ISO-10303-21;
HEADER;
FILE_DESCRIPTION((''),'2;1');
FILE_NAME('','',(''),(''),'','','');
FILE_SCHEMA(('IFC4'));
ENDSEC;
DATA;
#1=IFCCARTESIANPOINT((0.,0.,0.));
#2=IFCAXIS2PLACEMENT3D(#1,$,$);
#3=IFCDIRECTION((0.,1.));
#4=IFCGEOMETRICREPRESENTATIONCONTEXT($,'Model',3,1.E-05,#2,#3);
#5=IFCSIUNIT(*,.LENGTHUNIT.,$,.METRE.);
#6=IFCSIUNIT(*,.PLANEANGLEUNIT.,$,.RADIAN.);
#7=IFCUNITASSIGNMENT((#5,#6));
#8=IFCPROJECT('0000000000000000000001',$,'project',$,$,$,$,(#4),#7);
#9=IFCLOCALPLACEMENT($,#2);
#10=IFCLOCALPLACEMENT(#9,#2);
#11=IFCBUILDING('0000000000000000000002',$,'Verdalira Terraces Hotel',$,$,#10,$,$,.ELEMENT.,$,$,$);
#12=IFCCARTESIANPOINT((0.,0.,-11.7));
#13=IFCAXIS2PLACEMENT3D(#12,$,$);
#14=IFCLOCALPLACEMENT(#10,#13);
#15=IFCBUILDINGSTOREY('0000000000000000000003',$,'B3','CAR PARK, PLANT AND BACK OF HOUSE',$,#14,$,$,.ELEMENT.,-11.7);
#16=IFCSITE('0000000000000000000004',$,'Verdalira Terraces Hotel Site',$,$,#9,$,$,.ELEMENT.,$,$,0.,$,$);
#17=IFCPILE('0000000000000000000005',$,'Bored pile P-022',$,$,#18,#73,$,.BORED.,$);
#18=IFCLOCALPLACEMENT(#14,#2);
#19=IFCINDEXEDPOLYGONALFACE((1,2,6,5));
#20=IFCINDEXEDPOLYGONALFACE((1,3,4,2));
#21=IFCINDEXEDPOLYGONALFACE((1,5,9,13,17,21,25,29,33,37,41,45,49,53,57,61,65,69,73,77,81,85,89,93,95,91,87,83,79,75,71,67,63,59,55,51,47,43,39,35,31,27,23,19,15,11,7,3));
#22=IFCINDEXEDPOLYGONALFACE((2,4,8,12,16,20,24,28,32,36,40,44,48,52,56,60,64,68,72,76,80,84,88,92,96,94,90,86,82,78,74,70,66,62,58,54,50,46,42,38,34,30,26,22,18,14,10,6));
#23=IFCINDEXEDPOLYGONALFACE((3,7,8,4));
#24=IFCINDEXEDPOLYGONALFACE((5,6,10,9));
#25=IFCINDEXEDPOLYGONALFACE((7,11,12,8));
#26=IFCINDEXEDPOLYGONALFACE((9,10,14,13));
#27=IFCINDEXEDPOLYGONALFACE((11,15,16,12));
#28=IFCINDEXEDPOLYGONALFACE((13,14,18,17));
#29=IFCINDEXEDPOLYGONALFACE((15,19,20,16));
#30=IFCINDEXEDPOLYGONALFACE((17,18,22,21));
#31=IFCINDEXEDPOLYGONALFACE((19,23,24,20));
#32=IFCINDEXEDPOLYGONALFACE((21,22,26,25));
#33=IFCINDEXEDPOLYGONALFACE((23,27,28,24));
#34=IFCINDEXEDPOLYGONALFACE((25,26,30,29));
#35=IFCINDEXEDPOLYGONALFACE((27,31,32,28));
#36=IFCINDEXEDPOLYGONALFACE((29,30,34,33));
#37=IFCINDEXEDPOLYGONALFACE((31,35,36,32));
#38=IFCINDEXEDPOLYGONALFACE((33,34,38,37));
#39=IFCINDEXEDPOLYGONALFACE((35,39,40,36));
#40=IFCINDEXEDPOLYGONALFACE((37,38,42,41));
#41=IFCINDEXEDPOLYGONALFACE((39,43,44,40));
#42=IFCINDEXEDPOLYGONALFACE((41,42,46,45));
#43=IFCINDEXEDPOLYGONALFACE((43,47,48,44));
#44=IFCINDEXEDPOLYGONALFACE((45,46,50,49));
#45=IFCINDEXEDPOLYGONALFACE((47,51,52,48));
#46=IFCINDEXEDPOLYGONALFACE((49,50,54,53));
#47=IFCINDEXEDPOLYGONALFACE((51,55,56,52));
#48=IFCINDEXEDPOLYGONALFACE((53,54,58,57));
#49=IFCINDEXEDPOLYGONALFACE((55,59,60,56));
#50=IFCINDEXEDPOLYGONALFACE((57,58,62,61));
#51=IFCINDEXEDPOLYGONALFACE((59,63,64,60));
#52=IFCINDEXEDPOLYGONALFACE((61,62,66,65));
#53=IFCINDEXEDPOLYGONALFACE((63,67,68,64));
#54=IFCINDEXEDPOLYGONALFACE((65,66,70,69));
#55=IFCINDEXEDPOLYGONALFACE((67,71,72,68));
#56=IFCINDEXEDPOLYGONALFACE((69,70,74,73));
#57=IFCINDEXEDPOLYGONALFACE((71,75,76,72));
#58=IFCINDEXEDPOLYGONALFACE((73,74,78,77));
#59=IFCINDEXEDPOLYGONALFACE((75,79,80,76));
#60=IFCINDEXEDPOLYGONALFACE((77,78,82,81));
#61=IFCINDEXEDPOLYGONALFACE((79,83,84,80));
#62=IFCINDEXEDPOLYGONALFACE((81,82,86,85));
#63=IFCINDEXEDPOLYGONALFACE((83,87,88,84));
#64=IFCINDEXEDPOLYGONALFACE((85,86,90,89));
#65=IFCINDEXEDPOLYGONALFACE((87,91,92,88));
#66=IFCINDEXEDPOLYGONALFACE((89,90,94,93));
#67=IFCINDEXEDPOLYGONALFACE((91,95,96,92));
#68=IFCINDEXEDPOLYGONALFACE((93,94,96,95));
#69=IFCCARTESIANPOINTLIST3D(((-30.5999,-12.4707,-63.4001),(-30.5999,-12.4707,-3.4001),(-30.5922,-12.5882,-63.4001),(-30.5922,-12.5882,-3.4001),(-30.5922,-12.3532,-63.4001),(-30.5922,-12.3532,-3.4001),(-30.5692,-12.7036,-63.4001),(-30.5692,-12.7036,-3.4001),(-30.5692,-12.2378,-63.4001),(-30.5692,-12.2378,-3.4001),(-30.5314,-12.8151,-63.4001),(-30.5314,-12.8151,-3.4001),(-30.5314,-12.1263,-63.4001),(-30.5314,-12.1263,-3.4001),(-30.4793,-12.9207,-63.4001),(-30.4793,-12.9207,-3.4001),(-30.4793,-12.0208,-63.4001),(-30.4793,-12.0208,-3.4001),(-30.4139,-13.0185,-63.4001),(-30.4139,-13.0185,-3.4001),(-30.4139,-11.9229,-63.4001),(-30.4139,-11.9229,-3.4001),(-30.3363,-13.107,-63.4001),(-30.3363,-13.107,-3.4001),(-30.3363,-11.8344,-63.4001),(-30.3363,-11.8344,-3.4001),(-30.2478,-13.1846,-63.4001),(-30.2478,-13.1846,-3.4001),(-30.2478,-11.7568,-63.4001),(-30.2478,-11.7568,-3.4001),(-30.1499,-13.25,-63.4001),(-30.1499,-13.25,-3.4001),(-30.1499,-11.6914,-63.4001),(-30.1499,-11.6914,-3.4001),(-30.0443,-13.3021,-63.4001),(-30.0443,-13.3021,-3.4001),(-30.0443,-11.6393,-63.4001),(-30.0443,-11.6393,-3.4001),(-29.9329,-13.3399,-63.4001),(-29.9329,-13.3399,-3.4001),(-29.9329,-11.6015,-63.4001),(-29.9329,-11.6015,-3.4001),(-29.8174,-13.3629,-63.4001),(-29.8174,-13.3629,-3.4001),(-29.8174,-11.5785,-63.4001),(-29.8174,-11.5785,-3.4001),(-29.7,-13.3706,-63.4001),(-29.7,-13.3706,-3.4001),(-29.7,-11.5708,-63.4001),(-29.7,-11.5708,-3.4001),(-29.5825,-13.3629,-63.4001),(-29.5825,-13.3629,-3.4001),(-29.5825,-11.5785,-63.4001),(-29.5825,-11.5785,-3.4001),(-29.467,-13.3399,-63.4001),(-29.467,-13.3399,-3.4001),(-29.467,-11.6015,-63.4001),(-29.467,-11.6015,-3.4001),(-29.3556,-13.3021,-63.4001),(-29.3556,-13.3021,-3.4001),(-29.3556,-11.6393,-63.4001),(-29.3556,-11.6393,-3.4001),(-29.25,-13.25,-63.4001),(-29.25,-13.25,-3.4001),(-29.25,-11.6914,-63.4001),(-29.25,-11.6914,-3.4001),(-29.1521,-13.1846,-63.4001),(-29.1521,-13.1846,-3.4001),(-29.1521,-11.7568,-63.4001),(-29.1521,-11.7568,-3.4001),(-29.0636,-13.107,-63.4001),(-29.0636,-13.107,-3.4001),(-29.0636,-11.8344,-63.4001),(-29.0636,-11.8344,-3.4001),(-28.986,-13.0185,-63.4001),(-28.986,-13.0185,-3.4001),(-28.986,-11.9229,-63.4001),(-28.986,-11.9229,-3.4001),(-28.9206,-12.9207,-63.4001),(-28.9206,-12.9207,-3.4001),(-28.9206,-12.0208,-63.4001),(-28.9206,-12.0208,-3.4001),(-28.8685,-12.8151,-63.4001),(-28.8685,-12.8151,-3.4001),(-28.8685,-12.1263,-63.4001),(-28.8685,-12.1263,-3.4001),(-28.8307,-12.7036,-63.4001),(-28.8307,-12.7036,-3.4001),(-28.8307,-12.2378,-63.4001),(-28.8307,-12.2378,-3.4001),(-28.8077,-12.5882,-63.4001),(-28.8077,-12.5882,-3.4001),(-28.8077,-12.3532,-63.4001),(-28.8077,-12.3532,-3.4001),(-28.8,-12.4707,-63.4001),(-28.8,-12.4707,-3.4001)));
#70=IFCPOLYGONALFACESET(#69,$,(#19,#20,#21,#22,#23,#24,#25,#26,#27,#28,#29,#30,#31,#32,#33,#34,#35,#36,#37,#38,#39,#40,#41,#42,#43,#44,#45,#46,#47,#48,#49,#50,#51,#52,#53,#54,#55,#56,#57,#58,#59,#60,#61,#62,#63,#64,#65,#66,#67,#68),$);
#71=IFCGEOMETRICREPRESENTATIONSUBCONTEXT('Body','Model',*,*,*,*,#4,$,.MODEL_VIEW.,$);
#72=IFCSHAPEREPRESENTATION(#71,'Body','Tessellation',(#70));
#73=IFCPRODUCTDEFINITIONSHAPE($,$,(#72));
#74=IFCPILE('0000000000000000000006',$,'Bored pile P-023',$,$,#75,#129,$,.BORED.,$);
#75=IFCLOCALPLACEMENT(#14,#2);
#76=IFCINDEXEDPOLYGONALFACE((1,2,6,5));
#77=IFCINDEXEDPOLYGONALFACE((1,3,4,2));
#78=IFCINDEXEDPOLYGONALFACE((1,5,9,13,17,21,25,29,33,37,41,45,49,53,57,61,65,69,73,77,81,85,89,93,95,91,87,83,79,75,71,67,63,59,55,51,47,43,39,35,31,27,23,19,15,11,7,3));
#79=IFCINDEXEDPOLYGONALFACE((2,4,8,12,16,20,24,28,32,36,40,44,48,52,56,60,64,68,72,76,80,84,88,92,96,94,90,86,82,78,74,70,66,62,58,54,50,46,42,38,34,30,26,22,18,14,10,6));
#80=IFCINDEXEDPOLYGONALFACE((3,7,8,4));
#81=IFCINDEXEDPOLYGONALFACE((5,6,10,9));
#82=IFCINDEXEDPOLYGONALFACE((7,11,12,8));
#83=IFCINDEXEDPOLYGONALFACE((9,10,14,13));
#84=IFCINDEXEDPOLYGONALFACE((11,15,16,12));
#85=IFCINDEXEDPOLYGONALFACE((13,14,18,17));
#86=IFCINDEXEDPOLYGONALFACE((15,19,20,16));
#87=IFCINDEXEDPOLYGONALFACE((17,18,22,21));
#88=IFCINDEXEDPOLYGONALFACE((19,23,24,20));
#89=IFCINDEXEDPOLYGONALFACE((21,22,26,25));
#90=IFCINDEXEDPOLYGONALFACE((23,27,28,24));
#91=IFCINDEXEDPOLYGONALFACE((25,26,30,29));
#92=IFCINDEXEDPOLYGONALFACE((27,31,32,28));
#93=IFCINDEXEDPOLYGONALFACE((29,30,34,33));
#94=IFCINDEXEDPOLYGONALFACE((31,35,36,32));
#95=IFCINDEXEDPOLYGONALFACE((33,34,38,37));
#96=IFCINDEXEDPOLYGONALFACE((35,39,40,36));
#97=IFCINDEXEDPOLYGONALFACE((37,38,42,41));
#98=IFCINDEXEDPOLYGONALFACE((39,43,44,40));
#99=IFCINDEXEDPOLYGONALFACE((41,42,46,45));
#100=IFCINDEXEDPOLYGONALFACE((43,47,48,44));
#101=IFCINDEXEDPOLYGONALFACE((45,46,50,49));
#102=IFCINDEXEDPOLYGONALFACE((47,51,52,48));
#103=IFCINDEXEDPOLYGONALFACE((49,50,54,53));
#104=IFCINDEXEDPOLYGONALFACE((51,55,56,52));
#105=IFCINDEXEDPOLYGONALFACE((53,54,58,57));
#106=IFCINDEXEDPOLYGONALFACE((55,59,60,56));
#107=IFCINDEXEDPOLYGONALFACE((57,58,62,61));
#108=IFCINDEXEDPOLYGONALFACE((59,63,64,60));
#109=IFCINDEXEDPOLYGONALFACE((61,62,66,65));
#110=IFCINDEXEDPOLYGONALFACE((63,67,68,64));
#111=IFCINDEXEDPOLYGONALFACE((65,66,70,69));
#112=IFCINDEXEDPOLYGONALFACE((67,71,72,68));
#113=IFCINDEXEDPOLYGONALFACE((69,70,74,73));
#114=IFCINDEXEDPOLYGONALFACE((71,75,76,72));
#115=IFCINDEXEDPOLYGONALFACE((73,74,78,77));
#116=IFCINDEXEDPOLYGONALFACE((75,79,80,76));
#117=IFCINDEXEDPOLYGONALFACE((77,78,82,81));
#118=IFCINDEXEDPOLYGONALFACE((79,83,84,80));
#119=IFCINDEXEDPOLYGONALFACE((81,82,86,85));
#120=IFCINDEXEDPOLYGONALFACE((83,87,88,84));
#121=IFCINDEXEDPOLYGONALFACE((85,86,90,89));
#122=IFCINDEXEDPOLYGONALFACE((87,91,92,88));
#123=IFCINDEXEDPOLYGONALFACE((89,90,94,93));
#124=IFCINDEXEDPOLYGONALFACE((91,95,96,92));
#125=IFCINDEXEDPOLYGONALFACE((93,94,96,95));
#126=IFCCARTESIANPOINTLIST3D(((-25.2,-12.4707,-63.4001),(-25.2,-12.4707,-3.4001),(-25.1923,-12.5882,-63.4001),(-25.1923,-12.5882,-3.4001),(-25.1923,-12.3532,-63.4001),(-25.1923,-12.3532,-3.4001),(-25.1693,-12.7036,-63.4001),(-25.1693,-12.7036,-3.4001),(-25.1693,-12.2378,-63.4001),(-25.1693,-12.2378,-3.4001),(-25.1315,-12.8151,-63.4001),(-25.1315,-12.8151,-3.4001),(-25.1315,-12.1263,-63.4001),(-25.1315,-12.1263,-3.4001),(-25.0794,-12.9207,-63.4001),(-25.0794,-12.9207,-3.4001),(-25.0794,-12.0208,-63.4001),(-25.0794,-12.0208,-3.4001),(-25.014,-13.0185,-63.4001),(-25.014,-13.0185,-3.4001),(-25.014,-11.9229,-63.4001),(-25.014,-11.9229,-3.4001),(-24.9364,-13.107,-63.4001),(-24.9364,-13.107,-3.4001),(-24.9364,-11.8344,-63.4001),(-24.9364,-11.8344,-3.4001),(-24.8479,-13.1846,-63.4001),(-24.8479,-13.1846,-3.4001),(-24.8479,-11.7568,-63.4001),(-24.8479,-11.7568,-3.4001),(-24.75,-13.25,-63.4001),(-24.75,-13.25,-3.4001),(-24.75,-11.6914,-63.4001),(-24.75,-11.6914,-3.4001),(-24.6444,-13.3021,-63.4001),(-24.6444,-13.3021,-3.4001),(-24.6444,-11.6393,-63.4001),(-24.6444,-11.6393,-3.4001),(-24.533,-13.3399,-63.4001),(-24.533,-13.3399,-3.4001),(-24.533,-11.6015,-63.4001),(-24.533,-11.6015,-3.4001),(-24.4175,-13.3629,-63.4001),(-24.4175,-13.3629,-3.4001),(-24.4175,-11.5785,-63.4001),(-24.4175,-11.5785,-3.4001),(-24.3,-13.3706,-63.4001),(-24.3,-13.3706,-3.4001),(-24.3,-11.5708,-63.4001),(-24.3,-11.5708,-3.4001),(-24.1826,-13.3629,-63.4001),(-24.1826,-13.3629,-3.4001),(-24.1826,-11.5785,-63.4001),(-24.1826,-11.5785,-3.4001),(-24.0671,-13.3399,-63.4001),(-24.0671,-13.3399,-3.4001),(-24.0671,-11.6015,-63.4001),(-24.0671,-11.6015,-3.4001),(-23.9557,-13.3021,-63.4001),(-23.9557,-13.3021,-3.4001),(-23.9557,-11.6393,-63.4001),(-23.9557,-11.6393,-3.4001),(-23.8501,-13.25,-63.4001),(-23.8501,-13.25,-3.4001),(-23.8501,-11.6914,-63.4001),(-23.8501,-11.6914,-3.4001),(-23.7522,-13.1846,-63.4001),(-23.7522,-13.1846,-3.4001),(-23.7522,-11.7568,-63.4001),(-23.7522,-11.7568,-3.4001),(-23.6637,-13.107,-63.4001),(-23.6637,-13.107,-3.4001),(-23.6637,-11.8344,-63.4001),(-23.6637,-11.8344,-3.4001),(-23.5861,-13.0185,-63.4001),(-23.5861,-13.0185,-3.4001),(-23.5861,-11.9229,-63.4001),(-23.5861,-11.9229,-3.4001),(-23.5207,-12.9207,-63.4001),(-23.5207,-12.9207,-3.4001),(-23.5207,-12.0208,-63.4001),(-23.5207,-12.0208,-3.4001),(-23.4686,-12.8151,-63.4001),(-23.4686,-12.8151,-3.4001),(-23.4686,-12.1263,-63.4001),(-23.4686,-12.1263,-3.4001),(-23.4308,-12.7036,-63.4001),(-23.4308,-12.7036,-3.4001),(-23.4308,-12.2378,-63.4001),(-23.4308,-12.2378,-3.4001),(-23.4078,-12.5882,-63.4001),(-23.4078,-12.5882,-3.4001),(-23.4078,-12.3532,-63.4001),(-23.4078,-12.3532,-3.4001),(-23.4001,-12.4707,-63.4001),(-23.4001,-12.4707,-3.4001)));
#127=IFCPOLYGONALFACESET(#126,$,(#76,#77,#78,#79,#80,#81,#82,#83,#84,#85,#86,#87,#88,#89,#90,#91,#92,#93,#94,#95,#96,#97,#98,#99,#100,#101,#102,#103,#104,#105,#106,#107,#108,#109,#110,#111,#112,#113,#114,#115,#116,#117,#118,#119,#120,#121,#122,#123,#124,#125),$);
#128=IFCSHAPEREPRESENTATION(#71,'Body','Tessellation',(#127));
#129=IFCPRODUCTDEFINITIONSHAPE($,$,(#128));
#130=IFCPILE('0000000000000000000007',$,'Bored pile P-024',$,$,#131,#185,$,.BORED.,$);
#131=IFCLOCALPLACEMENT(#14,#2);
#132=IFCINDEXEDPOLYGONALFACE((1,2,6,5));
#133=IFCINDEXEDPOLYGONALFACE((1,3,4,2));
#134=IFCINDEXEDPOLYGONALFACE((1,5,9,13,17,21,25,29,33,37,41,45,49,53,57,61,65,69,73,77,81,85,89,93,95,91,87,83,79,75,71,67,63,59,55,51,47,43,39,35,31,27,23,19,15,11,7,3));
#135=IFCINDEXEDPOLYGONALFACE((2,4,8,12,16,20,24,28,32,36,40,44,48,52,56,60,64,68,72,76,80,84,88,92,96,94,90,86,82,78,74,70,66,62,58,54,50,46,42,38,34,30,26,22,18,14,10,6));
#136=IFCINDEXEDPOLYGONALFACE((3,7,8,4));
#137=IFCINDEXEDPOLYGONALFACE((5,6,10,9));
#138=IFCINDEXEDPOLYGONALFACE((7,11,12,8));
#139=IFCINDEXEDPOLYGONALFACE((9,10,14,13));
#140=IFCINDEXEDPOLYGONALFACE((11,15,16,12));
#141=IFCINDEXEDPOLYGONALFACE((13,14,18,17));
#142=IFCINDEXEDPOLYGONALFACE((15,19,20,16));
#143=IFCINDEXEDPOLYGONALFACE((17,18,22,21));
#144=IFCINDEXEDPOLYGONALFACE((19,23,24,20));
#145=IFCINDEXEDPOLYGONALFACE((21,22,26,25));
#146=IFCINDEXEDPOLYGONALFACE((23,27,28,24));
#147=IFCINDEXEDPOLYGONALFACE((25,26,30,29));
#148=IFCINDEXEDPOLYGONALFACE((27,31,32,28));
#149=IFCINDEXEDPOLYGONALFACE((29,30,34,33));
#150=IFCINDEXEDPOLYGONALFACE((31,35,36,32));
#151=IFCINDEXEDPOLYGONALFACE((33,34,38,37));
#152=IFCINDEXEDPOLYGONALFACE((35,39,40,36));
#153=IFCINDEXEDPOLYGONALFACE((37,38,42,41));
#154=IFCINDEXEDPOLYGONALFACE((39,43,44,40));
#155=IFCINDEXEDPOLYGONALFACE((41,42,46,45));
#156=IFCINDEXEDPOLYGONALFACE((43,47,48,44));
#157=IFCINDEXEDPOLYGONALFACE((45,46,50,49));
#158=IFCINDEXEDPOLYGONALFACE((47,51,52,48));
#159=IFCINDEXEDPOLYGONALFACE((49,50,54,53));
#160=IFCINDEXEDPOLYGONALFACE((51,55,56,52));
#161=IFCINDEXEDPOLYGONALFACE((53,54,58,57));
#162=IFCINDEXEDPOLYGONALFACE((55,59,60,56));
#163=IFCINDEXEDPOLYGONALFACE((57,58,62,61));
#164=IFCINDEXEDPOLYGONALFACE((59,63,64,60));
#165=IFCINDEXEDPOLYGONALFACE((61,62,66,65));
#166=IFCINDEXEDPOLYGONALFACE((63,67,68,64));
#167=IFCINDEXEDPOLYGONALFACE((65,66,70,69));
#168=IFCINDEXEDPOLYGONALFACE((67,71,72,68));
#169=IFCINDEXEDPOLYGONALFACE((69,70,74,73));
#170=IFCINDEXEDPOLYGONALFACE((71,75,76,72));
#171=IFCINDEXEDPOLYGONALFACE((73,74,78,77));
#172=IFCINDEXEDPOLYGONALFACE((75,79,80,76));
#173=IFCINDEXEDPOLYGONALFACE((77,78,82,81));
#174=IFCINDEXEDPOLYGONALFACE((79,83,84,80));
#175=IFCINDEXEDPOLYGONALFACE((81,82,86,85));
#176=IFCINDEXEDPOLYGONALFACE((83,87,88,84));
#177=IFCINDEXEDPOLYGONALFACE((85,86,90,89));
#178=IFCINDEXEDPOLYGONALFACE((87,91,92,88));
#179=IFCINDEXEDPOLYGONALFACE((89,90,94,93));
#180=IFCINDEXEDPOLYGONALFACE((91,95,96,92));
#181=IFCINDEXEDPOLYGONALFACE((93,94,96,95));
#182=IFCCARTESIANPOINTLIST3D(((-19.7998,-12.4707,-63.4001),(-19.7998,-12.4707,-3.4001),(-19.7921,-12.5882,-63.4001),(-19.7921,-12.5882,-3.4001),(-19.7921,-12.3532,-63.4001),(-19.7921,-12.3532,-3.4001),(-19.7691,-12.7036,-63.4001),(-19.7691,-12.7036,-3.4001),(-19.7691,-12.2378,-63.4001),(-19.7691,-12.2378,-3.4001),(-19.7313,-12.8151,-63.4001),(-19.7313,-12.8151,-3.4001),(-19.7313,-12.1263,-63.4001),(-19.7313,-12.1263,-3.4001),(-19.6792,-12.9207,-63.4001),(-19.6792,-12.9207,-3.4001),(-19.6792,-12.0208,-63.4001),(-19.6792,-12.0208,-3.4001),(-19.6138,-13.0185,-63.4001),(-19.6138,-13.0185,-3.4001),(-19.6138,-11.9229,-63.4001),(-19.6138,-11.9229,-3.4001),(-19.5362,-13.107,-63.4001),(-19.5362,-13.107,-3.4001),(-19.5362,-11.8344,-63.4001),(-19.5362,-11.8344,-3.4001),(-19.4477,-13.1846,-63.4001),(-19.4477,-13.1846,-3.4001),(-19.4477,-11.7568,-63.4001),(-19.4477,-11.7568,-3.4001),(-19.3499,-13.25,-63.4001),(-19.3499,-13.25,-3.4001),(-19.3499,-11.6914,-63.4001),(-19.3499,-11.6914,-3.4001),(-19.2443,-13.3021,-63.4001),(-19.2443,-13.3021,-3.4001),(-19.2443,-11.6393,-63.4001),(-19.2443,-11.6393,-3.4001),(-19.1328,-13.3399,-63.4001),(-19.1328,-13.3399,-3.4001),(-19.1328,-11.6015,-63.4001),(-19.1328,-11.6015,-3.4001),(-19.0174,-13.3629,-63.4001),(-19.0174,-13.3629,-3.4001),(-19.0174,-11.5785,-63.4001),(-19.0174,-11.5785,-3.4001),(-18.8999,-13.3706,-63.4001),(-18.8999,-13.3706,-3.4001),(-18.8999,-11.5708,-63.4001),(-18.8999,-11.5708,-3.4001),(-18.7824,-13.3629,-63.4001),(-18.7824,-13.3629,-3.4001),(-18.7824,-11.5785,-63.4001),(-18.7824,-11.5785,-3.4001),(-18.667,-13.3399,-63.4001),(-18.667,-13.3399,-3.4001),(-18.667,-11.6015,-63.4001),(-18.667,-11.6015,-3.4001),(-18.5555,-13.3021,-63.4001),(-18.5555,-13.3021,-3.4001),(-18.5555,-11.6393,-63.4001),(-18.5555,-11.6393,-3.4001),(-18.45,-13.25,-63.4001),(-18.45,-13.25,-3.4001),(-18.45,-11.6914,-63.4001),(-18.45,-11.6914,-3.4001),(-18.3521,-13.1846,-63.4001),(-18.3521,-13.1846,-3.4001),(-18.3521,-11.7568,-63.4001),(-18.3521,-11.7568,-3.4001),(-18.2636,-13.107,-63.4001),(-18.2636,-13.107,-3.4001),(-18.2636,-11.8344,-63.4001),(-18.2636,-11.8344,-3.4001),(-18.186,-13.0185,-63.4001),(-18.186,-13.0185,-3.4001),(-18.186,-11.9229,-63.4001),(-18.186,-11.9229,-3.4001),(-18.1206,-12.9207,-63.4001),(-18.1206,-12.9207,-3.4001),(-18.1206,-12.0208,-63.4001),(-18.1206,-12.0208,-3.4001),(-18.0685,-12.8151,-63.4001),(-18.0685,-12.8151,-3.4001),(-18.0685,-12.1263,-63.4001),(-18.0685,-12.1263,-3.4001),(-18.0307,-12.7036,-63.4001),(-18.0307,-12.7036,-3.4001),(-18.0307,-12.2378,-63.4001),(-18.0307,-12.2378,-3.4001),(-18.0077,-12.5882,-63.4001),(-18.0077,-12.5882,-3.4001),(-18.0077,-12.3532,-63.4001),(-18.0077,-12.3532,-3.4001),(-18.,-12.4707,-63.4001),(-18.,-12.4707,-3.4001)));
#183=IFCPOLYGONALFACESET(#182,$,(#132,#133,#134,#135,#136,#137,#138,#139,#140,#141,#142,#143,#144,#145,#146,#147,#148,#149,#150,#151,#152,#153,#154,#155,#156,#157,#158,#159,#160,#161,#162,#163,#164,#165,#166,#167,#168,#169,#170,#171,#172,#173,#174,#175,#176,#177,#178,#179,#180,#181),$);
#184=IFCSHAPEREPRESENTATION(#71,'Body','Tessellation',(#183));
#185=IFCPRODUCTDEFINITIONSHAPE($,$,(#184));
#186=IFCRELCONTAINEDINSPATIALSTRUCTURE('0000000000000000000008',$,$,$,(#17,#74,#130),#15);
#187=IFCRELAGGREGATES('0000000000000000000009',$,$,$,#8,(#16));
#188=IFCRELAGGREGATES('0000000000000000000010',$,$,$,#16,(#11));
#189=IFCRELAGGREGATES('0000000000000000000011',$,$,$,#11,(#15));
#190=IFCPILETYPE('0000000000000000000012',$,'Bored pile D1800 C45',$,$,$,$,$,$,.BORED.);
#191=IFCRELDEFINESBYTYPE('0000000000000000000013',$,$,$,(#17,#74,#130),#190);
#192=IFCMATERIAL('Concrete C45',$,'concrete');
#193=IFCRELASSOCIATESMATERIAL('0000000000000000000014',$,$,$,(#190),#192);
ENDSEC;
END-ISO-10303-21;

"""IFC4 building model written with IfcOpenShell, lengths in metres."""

from ifc_helpers import new_model, si_unit, direction, frame, origin, origin_2d, place, context, subcontext, project, spatial, circle, extrude, material, material_profile, profile_set, type_object, element, save


model = new_model("IFC4")

# Units and contexts
model_context = context("Model", 3, precision=1e-05, world=origin(), true_north=direction((0.0, 1.0)))
body_context = subcontext(model_context, "Body", "Model", "MODEL_VIEW")
ifc_project = project(units=[si_unit("LENGTHUNIT", "METRE"), si_unit("PLANEANGLEUNIT", "RADIAN")], contexts=[model_context])

# Site, building, storey
site_placement = place(None, origin())
site = spatial("IfcSite", under=ifc_project, at=site_placement, Name="Verdalira Terraces Hotel Site", CompositionType="ELEMENT", RefElevation=0.0)
building_placement = place(site_placement, origin())
building = spatial("IfcBuilding", under=site, at=building_placement, Name="Verdalira Terraces Hotel", CompositionType="ELEMENT")
storey_placement = place(building_placement, frame((0.0, 0.0, -11.7)))
storey = spatial("IfcBuildingStorey", under=building, at=storey_placement, Name="B3", Description="CAR PARK, PLANT AND BACK OF HOUSE", CompositionType="ELEMENT", Elevation=-11.7)

# Piles
ifc_material_1 = material(Name="Concrete C45", Category="concrete")
ifc_material_profile_1 = material_profile(ifc_material_1, circle(Radius=0.8999, at=origin_2d()), Name="D1800")
ifc_profile_set_1 = profile_set([ifc_material_profile_1], Name="Concrete C45")
pile_type = type_object("IfcPileType", Name="Bored pile D1800 C45", PredefinedType="BORED", material=ifc_profile_set_1)
for number, where, z_axis, x_axis, name in (
    (1, (-29.7, -12.4707, -3.4001), (0.0, 0.0, -1.0), (1.0, 0.0, 0.0), "Bored pile P-022"),
    (2, (-24.3, -12.4707, -3.4001), (0.0, 0.0, -1.0), (1.0, 0.0, 0.0), "Bored pile P-023"),
    (3, (-18.8999, -12.4707, -3.4001), (0.0, 0.0, -1.0), (1.0, 0.0, 0.0), "Bored pile P-024"),
):
    element("IfcPile", number, at=place(storey_placement, frame(where, z_axis=z_axis, x_axis=x_axis)), inside=storey, type_object=pile_type, Name=name, PredefinedType="BORED", context=body_context, shape_type="SweptSolid", body=[
        extrude(circle(Radius=0.8999, at=origin_2d()), origin(), (0.0, 0.0, 1.0), 60.0),
    ])

save(model, "model.ifc")
